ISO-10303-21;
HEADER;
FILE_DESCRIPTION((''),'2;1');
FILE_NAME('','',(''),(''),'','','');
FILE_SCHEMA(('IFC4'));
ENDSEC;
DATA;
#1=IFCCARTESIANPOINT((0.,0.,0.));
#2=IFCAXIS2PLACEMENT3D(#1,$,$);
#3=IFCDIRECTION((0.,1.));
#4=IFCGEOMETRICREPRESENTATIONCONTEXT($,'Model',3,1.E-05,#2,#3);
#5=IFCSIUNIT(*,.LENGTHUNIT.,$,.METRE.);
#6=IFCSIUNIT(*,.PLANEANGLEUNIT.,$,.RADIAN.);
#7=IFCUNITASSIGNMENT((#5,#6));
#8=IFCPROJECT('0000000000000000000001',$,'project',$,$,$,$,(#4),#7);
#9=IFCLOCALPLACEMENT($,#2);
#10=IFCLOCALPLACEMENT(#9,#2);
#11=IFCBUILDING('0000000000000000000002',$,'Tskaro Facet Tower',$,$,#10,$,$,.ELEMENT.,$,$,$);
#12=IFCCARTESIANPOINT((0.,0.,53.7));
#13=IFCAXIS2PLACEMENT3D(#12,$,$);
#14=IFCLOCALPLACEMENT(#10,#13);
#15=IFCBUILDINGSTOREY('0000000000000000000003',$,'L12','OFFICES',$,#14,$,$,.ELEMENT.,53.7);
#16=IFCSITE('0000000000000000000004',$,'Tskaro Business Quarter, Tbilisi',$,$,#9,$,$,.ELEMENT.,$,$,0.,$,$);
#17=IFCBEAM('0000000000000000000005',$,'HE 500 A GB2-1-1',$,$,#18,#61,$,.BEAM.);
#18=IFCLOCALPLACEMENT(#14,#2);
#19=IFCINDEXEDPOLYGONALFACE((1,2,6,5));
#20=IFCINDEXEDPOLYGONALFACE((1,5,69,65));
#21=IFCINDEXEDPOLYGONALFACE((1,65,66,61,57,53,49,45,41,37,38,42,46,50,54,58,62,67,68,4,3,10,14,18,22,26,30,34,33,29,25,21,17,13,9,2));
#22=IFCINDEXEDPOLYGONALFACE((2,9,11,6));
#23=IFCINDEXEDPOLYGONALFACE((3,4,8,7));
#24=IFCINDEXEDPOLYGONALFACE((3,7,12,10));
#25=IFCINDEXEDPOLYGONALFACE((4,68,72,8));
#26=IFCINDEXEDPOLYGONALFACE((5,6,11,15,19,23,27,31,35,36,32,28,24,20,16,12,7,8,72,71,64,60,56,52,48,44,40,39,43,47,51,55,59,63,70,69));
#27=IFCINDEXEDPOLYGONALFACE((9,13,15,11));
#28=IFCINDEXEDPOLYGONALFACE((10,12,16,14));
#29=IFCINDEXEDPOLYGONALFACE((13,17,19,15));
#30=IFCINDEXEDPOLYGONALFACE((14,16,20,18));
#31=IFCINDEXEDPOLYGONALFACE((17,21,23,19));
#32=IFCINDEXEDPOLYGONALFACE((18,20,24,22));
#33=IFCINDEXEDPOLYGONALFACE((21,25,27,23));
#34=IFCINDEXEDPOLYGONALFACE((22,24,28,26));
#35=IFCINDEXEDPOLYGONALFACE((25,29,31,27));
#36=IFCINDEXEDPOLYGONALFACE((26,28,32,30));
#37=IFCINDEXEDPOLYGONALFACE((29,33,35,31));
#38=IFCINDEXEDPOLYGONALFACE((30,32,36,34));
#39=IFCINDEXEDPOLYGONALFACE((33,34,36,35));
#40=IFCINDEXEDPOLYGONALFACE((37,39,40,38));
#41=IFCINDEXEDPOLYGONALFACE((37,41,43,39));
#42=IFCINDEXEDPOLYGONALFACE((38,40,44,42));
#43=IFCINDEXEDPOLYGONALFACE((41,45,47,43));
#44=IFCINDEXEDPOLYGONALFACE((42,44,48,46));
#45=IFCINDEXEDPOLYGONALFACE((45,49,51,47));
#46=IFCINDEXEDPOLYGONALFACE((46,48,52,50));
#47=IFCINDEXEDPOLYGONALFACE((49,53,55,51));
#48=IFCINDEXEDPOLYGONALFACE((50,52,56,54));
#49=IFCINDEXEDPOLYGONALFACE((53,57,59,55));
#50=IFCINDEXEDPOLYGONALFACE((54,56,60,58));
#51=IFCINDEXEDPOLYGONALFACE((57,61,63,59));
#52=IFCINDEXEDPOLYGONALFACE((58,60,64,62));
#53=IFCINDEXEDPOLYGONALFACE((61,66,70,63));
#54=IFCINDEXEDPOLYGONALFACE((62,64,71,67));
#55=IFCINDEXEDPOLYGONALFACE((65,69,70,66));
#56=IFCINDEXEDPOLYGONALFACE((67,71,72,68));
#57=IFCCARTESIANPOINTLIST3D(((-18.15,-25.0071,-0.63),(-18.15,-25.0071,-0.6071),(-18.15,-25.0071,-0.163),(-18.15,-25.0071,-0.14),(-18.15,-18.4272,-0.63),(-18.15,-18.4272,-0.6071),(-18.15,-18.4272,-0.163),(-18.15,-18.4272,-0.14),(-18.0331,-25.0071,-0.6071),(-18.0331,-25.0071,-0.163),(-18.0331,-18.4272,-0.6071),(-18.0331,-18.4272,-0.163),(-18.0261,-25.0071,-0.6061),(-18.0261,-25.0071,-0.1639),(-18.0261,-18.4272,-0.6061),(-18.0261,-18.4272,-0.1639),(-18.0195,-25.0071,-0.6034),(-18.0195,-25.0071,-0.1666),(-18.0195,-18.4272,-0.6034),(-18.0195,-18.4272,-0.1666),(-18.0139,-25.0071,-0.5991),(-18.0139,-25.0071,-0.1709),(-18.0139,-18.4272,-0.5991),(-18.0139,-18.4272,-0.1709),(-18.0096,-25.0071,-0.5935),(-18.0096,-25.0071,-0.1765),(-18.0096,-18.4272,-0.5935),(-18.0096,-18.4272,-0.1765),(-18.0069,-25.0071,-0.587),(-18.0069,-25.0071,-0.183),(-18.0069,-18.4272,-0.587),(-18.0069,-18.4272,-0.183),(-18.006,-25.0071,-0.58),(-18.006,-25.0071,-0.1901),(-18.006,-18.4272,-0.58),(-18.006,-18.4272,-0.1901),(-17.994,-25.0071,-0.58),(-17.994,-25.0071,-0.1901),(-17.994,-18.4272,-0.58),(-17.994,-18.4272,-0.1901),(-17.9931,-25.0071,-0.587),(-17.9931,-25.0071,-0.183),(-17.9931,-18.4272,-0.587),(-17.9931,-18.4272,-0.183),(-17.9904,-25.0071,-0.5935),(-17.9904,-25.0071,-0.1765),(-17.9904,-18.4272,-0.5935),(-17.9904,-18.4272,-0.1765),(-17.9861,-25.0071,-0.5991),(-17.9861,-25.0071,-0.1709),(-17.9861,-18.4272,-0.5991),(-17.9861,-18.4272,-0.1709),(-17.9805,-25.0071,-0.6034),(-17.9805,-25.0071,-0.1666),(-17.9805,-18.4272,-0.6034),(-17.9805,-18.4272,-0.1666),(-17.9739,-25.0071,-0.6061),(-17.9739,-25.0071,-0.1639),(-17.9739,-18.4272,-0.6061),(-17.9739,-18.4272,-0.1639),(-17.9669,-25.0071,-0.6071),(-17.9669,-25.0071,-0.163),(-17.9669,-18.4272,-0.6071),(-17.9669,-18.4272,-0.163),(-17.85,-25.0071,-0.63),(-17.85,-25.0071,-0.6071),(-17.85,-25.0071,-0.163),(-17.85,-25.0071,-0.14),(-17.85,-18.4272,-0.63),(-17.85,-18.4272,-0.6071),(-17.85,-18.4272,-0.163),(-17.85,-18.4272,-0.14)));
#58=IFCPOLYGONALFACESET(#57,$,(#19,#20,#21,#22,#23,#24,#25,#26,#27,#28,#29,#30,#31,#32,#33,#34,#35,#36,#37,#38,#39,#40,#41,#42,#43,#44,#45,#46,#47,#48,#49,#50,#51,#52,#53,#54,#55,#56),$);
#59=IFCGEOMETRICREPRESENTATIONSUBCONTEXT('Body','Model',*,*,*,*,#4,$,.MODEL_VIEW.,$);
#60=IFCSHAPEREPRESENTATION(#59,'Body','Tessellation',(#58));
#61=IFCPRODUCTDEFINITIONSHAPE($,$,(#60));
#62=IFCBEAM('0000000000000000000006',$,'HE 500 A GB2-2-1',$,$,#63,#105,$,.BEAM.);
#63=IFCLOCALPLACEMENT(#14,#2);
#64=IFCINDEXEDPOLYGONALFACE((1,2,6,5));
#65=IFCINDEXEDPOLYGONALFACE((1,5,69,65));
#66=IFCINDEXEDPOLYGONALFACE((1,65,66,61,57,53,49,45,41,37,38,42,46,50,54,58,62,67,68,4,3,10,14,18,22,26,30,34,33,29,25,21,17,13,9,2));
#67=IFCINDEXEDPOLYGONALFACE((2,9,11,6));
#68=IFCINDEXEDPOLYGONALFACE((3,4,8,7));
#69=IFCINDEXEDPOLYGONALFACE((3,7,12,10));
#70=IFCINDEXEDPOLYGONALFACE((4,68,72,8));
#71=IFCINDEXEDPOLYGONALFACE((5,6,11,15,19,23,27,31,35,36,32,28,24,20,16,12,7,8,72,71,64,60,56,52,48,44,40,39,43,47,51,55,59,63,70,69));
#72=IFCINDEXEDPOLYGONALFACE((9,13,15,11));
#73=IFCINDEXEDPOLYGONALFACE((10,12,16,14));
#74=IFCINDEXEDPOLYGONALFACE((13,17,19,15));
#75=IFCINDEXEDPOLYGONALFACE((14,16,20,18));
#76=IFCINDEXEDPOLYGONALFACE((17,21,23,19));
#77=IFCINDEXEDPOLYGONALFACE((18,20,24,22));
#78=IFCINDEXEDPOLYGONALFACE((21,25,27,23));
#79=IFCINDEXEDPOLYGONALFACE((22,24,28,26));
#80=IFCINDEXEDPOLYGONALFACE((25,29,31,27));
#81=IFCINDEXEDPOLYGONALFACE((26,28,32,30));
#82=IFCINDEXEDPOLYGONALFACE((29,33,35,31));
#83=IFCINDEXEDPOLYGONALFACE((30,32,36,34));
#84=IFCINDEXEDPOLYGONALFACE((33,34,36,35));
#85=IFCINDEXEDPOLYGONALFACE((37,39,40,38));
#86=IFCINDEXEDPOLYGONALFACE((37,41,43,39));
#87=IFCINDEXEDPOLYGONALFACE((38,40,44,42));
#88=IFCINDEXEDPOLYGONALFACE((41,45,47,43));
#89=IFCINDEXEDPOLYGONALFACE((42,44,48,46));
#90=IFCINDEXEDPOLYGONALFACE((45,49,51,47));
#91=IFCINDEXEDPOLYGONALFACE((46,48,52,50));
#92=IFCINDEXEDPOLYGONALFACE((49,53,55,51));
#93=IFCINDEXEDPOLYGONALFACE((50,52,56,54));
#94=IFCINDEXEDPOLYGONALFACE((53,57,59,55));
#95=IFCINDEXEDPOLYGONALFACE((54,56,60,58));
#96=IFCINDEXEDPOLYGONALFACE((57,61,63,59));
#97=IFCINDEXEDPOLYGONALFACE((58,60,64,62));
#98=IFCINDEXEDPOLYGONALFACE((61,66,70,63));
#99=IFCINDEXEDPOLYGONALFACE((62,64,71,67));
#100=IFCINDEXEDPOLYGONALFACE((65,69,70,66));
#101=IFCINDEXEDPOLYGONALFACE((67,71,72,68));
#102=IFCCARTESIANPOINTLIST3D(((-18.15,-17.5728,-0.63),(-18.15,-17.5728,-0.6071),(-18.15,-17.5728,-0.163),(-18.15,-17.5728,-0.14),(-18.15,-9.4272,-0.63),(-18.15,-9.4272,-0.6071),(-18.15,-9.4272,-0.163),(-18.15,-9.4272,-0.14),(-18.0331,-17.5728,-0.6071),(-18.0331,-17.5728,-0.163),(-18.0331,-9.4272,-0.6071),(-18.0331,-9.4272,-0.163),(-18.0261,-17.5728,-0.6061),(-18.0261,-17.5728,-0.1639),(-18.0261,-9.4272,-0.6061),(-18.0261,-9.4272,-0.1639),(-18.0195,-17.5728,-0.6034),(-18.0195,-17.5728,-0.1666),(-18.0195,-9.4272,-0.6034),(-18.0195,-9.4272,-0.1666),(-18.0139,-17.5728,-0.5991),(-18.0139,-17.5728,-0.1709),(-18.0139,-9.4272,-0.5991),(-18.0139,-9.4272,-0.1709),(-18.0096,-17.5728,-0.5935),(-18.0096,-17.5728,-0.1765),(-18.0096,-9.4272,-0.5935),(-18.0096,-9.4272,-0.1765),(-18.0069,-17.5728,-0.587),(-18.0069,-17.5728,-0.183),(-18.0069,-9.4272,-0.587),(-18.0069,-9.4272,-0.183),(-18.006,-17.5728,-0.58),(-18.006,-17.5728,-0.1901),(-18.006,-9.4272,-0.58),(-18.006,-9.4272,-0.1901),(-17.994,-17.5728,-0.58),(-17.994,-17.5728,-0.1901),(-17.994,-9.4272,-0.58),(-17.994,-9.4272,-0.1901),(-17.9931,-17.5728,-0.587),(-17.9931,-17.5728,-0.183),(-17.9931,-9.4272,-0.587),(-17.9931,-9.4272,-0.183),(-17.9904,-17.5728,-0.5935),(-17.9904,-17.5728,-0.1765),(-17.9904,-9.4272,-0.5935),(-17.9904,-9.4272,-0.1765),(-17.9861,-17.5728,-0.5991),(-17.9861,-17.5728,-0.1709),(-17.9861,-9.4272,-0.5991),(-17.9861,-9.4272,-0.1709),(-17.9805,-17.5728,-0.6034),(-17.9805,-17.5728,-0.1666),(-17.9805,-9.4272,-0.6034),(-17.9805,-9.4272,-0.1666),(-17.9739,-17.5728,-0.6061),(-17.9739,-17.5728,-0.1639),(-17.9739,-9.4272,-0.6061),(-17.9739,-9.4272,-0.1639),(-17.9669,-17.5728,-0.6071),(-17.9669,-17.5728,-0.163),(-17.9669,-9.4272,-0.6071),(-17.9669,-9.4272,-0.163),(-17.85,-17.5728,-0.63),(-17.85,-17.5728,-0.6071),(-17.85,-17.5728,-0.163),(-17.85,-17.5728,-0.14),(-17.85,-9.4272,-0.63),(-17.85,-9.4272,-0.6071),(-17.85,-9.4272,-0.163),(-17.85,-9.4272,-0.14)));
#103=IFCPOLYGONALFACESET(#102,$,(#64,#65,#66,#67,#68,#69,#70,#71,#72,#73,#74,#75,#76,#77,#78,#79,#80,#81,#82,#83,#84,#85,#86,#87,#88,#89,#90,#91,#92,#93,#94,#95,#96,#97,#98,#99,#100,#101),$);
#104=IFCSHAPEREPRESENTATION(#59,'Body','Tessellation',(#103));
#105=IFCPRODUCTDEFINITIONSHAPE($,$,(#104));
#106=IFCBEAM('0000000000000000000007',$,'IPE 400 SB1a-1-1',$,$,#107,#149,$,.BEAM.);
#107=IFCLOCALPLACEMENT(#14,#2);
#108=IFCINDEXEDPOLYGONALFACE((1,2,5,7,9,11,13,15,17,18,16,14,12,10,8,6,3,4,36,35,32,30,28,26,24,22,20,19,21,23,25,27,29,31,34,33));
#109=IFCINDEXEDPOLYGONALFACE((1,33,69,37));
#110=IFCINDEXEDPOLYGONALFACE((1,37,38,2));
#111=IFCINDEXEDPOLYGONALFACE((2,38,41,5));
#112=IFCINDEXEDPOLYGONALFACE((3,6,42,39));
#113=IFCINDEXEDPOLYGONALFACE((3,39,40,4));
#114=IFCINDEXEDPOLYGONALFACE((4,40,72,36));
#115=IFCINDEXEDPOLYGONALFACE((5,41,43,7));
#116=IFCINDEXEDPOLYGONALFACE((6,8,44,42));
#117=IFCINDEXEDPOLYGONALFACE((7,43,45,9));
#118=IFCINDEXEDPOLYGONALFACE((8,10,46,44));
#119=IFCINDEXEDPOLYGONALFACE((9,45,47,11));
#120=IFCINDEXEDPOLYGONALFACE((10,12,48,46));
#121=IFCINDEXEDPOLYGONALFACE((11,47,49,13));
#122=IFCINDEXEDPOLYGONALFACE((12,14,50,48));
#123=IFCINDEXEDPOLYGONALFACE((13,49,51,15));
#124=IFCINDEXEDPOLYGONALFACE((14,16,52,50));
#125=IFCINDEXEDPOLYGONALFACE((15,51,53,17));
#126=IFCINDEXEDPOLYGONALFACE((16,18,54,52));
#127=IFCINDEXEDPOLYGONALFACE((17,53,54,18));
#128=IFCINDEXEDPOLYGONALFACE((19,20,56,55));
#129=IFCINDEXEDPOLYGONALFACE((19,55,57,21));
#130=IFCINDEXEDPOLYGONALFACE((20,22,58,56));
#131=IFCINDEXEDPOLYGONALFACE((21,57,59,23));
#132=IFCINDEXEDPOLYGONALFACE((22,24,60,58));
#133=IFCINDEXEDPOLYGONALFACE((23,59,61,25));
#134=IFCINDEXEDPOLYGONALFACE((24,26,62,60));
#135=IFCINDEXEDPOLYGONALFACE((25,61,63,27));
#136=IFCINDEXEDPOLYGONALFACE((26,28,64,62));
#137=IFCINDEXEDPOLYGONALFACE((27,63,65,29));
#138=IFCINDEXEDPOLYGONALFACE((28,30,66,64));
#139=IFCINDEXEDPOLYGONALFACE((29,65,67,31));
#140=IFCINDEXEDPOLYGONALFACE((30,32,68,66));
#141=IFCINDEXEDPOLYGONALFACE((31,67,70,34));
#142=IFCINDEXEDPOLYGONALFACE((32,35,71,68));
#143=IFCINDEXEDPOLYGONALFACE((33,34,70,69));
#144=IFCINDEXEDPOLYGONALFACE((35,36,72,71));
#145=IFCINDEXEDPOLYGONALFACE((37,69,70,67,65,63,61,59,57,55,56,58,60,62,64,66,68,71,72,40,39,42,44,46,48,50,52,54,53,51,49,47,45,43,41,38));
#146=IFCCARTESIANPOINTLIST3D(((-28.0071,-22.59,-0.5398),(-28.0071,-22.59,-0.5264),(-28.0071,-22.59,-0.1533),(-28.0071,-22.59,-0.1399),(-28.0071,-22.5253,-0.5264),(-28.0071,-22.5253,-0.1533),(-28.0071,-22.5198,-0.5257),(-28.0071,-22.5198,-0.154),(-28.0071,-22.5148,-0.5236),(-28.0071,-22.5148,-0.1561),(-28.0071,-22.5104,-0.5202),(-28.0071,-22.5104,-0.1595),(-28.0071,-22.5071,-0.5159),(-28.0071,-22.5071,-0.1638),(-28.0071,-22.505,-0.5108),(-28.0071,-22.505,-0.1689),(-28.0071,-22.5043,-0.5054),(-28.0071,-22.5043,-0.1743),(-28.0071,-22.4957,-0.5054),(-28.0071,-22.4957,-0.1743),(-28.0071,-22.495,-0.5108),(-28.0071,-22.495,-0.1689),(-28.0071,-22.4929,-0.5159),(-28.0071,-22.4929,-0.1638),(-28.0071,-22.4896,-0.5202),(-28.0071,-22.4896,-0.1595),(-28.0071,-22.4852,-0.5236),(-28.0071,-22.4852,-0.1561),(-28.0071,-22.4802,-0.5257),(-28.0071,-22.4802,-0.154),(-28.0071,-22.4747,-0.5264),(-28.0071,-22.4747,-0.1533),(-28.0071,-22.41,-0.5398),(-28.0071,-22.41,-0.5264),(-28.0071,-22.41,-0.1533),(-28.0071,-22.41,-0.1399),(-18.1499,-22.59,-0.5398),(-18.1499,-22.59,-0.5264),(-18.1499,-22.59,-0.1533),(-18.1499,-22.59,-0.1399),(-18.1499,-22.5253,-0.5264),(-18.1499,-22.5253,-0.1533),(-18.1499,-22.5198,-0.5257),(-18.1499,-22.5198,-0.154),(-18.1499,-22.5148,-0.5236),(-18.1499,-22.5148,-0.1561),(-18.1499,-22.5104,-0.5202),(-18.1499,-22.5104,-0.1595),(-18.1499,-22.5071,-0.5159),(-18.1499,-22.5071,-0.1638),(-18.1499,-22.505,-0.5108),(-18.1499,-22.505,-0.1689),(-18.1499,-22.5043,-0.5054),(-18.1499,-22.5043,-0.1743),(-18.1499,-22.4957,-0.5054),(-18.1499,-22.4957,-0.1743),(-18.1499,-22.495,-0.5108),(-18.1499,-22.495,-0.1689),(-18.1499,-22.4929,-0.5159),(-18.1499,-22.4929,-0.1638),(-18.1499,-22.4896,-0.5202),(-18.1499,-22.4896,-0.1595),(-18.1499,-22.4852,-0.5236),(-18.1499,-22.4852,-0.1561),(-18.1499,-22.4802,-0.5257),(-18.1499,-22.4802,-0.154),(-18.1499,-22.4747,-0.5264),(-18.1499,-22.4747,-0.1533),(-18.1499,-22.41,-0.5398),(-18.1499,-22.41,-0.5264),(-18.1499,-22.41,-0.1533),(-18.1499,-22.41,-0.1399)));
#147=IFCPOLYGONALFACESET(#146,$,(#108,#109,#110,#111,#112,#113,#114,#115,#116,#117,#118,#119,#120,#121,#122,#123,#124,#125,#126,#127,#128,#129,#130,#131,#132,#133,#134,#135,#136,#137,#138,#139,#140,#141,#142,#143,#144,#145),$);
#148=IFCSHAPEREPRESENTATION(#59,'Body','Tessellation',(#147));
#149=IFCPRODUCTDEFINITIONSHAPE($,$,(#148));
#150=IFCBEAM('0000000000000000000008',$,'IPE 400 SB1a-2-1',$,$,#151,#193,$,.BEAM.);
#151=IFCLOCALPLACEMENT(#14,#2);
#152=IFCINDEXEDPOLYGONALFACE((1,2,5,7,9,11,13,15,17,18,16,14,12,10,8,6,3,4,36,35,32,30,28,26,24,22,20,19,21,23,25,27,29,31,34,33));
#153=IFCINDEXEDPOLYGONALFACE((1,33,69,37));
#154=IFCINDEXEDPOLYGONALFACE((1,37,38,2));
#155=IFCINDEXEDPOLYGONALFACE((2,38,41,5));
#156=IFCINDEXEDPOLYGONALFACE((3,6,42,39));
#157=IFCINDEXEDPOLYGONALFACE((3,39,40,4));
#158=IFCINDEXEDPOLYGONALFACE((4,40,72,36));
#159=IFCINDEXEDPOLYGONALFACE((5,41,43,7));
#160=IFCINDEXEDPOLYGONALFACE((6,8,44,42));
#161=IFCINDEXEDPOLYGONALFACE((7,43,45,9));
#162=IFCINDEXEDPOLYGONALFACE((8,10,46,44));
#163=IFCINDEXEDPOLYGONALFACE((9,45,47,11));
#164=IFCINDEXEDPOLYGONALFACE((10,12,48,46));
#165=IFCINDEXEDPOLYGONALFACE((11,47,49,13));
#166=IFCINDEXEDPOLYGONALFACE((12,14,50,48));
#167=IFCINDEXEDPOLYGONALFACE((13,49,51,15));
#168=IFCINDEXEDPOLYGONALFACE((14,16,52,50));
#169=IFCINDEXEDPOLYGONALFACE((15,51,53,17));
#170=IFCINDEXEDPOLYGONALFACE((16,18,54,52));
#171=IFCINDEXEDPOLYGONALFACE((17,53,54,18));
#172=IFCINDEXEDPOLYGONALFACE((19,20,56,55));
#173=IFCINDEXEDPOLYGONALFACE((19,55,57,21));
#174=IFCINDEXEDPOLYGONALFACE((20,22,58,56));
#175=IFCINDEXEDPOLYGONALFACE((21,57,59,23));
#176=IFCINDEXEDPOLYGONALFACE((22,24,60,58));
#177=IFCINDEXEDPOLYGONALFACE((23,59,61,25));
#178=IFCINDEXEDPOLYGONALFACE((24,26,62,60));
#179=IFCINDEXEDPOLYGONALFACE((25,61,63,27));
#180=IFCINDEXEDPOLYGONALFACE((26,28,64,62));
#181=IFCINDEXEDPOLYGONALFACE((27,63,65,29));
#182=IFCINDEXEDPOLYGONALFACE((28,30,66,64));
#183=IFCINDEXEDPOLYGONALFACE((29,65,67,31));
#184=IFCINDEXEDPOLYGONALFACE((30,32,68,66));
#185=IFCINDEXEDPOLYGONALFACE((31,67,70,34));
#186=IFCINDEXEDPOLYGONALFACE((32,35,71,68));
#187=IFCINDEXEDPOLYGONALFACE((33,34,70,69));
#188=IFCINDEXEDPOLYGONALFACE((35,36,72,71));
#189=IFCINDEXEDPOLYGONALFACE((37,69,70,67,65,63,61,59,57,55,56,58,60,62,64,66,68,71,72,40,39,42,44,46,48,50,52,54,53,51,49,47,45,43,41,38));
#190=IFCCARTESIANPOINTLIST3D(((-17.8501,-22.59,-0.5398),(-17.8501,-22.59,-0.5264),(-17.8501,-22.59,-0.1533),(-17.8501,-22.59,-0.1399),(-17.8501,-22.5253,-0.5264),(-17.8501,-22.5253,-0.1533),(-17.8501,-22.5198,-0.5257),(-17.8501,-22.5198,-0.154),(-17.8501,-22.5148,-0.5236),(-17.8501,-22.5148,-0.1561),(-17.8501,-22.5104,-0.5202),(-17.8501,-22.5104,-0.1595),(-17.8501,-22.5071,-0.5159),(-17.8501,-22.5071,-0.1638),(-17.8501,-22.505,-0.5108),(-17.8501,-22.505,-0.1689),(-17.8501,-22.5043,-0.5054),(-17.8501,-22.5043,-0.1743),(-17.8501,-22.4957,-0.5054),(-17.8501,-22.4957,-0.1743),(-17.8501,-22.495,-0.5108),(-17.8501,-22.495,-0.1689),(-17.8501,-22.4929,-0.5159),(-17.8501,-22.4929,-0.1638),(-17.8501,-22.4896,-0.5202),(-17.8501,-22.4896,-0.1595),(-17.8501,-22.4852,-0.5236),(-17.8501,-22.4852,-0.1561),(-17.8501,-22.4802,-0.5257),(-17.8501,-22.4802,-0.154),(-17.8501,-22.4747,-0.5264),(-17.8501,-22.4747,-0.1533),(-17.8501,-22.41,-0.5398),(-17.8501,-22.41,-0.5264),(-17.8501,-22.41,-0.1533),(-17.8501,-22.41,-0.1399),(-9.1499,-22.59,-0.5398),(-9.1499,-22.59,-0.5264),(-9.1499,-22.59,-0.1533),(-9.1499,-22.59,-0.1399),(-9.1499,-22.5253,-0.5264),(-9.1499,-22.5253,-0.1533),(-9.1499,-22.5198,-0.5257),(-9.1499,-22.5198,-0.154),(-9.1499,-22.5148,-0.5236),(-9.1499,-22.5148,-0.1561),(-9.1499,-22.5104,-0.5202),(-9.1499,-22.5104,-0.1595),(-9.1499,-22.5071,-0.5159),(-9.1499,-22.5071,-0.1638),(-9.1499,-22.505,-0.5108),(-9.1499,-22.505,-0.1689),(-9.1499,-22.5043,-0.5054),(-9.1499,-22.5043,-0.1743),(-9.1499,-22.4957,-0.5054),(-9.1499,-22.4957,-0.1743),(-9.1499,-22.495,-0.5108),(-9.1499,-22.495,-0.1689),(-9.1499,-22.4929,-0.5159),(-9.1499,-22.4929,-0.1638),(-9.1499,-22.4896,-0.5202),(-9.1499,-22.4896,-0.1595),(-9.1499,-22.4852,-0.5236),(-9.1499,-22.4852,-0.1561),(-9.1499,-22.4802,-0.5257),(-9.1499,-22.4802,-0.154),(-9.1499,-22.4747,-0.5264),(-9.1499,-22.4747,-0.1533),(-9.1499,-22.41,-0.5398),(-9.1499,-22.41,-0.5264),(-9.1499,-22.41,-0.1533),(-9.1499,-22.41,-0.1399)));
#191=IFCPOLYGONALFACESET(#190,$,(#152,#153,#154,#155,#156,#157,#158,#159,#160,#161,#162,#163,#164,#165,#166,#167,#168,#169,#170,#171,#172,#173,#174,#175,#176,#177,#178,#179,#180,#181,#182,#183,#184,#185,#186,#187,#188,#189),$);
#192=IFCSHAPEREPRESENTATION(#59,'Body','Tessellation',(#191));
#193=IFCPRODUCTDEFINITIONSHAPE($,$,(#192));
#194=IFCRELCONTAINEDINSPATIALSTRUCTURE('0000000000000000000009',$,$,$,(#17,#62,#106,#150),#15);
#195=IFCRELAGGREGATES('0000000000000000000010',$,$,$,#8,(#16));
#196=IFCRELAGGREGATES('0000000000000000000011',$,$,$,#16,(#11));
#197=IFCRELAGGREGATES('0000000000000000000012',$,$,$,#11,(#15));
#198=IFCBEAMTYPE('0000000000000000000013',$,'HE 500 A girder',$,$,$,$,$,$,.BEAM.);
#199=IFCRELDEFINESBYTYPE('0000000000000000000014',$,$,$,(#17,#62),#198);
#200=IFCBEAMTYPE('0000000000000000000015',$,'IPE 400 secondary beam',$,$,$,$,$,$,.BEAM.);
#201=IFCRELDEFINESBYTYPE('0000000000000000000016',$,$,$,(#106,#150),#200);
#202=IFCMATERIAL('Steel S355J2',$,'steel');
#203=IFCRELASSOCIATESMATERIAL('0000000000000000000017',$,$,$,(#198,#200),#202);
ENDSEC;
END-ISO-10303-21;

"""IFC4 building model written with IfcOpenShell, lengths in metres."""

from ifc_helpers import new_model, si_unit, direction, frame, origin, origin_2d, place, context, subcontext, project, spatial, i_section, extrude, material, material_profile, profile_set, type_object, element, save


model = new_model("IFC4")

# Units and contexts
model_context = context("Model", 3, precision=1e-05, world=origin(), true_north=direction((0.0, 1.0)))
body_context = subcontext(model_context, "Body", "Model", "MODEL_VIEW")
ifc_project = project(units=[si_unit("LENGTHUNIT", "METRE"), si_unit("PLANEANGLEUNIT", "RADIAN")], contexts=[model_context])

# Site, building, storey
site_placement = place(None, origin())
site = spatial("IfcSite", under=ifc_project, at=site_placement, Name="Tskaro Business Quarter, Tbilisi", CompositionType="ELEMENT", RefElevation=0.0)
building_placement = place(site_placement, origin())
building = spatial("IfcBuilding", under=site, at=building_placement, Name="Tskaro Facet Tower", CompositionType="ELEMENT")
storey_placement = place(building_placement, frame((0.0, 0.0, 53.7)))
storey = spatial("IfcBuildingStorey", under=building, at=storey_placement, Name="L12", Description="OFFICES", CompositionType="ELEMENT", Elevation=53.7)

# Beams
ifc_material_1 = material(Name="Steel S355J2", Category="steel")
ifc_material_profile_1 = material_profile(ifc_material_1, i_section(OverallWidth=0.3, OverallDepth=0.49, WebThickness=0.012, FlangeThickness=0.0229, FilletRadius=0.0271, at=origin_2d()), Name="HE 500 A")
ifc_profile_set_1 = profile_set([ifc_material_profile_1], Name="Steel S355J2")
beam_type_1 = type_object("IfcBeamType", Name="HE 500 A girder", PredefinedType="BEAM", material=ifc_profile_set_1)
beam_1_placement = place(storey_placement, frame((-18.0, -25.0071, -0.385), z_axis=(0.0, 1.0, 0.0), x_axis=(-1.0, 0.0, 0.0)))
element("IfcBeam", 1, at=beam_1_placement, inside=storey, type_object=beam_type_1, Name="HE 500 A GB2-1-1", PredefinedType="BEAM", context=body_context, shape_type="SweptSolid", body=[
    extrude(i_section(OverallWidth=0.3, OverallDepth=0.49, WebThickness=0.012, FlangeThickness=0.0229, FilletRadius=0.0271, at=origin_2d()), origin(), (0.0, 0.0, 1.0), 6.5798),
])
beam_2_placement = place(storey_placement, frame((-18.0, -17.5728, -0.385), z_axis=(0.0, 1.0, 0.0), x_axis=(-1.0, 0.0, 0.0)))
element("IfcBeam", 2, at=beam_2_placement, inside=storey, type_object=beam_type_1, Name="HE 500 A GB2-2-1", PredefinedType="BEAM", context=body_context, shape_type="SweptSolid", body=[
    extrude(i_section(OverallWidth=0.3, OverallDepth=0.49, WebThickness=0.012, FlangeThickness=0.0229, FilletRadius=0.0271, at=origin_2d()), origin(), (0.0, 0.0, 1.0), 8.1455),
])
ifc_material_profile_2 = material_profile(ifc_material_1, i_section(OverallWidth=0.1799, OverallDepth=0.3999, WebThickness=0.0085, FlangeThickness=0.0134, FilletRadius=0.021, at=origin_2d()), Name="IPE 400")
ifc_profile_set_2 = profile_set([ifc_material_profile_2], Name="Steel S355J2")
beam_type_2 = type_object("IfcBeamType", Name="IPE 400 secondary beam", PredefinedType="BEAM", material=ifc_profile_set_2)
beam_3_placement = place(storey_placement, frame((-28.0071, -22.5, -0.3398), z_axis=(1.0, 0.0, 0.0), x_axis=(0.0, 1.0, 0.0)))
element("IfcBeam", 3, at=beam_3_placement, inside=storey, type_object=beam_type_2, Name="IPE 400 SB1a-1-1", PredefinedType="BEAM", context=body_context, shape_type="SweptSolid", body=[
    extrude(i_section(OverallWidth=0.1799, OverallDepth=0.3999, WebThickness=0.0085, FlangeThickness=0.0134, FilletRadius=0.021, at=origin_2d()), origin(), (0.0, 0.0, 1.0), 9.8572),
])
beam_4_placement = place(storey_placement, frame((-17.8501, -22.5, -0.3398), z_axis=(1.0, 0.0, 0.0), x_axis=(0.0, 1.0, 0.0)))
element("IfcBeam", 4, at=beam_4_placement, inside=storey, type_object=beam_type_2, Name="IPE 400 SB1a-2-1", PredefinedType="BEAM", context=body_context, shape_type="SweptSolid", body=[
    extrude(i_section(OverallWidth=0.1799, OverallDepth=0.3999, WebThickness=0.0085, FlangeThickness=0.0134, FilletRadius=0.021, at=origin_2d()), origin(), (0.0, 0.0, 1.0), 8.7002),
])

save(model, "model.ifc")
